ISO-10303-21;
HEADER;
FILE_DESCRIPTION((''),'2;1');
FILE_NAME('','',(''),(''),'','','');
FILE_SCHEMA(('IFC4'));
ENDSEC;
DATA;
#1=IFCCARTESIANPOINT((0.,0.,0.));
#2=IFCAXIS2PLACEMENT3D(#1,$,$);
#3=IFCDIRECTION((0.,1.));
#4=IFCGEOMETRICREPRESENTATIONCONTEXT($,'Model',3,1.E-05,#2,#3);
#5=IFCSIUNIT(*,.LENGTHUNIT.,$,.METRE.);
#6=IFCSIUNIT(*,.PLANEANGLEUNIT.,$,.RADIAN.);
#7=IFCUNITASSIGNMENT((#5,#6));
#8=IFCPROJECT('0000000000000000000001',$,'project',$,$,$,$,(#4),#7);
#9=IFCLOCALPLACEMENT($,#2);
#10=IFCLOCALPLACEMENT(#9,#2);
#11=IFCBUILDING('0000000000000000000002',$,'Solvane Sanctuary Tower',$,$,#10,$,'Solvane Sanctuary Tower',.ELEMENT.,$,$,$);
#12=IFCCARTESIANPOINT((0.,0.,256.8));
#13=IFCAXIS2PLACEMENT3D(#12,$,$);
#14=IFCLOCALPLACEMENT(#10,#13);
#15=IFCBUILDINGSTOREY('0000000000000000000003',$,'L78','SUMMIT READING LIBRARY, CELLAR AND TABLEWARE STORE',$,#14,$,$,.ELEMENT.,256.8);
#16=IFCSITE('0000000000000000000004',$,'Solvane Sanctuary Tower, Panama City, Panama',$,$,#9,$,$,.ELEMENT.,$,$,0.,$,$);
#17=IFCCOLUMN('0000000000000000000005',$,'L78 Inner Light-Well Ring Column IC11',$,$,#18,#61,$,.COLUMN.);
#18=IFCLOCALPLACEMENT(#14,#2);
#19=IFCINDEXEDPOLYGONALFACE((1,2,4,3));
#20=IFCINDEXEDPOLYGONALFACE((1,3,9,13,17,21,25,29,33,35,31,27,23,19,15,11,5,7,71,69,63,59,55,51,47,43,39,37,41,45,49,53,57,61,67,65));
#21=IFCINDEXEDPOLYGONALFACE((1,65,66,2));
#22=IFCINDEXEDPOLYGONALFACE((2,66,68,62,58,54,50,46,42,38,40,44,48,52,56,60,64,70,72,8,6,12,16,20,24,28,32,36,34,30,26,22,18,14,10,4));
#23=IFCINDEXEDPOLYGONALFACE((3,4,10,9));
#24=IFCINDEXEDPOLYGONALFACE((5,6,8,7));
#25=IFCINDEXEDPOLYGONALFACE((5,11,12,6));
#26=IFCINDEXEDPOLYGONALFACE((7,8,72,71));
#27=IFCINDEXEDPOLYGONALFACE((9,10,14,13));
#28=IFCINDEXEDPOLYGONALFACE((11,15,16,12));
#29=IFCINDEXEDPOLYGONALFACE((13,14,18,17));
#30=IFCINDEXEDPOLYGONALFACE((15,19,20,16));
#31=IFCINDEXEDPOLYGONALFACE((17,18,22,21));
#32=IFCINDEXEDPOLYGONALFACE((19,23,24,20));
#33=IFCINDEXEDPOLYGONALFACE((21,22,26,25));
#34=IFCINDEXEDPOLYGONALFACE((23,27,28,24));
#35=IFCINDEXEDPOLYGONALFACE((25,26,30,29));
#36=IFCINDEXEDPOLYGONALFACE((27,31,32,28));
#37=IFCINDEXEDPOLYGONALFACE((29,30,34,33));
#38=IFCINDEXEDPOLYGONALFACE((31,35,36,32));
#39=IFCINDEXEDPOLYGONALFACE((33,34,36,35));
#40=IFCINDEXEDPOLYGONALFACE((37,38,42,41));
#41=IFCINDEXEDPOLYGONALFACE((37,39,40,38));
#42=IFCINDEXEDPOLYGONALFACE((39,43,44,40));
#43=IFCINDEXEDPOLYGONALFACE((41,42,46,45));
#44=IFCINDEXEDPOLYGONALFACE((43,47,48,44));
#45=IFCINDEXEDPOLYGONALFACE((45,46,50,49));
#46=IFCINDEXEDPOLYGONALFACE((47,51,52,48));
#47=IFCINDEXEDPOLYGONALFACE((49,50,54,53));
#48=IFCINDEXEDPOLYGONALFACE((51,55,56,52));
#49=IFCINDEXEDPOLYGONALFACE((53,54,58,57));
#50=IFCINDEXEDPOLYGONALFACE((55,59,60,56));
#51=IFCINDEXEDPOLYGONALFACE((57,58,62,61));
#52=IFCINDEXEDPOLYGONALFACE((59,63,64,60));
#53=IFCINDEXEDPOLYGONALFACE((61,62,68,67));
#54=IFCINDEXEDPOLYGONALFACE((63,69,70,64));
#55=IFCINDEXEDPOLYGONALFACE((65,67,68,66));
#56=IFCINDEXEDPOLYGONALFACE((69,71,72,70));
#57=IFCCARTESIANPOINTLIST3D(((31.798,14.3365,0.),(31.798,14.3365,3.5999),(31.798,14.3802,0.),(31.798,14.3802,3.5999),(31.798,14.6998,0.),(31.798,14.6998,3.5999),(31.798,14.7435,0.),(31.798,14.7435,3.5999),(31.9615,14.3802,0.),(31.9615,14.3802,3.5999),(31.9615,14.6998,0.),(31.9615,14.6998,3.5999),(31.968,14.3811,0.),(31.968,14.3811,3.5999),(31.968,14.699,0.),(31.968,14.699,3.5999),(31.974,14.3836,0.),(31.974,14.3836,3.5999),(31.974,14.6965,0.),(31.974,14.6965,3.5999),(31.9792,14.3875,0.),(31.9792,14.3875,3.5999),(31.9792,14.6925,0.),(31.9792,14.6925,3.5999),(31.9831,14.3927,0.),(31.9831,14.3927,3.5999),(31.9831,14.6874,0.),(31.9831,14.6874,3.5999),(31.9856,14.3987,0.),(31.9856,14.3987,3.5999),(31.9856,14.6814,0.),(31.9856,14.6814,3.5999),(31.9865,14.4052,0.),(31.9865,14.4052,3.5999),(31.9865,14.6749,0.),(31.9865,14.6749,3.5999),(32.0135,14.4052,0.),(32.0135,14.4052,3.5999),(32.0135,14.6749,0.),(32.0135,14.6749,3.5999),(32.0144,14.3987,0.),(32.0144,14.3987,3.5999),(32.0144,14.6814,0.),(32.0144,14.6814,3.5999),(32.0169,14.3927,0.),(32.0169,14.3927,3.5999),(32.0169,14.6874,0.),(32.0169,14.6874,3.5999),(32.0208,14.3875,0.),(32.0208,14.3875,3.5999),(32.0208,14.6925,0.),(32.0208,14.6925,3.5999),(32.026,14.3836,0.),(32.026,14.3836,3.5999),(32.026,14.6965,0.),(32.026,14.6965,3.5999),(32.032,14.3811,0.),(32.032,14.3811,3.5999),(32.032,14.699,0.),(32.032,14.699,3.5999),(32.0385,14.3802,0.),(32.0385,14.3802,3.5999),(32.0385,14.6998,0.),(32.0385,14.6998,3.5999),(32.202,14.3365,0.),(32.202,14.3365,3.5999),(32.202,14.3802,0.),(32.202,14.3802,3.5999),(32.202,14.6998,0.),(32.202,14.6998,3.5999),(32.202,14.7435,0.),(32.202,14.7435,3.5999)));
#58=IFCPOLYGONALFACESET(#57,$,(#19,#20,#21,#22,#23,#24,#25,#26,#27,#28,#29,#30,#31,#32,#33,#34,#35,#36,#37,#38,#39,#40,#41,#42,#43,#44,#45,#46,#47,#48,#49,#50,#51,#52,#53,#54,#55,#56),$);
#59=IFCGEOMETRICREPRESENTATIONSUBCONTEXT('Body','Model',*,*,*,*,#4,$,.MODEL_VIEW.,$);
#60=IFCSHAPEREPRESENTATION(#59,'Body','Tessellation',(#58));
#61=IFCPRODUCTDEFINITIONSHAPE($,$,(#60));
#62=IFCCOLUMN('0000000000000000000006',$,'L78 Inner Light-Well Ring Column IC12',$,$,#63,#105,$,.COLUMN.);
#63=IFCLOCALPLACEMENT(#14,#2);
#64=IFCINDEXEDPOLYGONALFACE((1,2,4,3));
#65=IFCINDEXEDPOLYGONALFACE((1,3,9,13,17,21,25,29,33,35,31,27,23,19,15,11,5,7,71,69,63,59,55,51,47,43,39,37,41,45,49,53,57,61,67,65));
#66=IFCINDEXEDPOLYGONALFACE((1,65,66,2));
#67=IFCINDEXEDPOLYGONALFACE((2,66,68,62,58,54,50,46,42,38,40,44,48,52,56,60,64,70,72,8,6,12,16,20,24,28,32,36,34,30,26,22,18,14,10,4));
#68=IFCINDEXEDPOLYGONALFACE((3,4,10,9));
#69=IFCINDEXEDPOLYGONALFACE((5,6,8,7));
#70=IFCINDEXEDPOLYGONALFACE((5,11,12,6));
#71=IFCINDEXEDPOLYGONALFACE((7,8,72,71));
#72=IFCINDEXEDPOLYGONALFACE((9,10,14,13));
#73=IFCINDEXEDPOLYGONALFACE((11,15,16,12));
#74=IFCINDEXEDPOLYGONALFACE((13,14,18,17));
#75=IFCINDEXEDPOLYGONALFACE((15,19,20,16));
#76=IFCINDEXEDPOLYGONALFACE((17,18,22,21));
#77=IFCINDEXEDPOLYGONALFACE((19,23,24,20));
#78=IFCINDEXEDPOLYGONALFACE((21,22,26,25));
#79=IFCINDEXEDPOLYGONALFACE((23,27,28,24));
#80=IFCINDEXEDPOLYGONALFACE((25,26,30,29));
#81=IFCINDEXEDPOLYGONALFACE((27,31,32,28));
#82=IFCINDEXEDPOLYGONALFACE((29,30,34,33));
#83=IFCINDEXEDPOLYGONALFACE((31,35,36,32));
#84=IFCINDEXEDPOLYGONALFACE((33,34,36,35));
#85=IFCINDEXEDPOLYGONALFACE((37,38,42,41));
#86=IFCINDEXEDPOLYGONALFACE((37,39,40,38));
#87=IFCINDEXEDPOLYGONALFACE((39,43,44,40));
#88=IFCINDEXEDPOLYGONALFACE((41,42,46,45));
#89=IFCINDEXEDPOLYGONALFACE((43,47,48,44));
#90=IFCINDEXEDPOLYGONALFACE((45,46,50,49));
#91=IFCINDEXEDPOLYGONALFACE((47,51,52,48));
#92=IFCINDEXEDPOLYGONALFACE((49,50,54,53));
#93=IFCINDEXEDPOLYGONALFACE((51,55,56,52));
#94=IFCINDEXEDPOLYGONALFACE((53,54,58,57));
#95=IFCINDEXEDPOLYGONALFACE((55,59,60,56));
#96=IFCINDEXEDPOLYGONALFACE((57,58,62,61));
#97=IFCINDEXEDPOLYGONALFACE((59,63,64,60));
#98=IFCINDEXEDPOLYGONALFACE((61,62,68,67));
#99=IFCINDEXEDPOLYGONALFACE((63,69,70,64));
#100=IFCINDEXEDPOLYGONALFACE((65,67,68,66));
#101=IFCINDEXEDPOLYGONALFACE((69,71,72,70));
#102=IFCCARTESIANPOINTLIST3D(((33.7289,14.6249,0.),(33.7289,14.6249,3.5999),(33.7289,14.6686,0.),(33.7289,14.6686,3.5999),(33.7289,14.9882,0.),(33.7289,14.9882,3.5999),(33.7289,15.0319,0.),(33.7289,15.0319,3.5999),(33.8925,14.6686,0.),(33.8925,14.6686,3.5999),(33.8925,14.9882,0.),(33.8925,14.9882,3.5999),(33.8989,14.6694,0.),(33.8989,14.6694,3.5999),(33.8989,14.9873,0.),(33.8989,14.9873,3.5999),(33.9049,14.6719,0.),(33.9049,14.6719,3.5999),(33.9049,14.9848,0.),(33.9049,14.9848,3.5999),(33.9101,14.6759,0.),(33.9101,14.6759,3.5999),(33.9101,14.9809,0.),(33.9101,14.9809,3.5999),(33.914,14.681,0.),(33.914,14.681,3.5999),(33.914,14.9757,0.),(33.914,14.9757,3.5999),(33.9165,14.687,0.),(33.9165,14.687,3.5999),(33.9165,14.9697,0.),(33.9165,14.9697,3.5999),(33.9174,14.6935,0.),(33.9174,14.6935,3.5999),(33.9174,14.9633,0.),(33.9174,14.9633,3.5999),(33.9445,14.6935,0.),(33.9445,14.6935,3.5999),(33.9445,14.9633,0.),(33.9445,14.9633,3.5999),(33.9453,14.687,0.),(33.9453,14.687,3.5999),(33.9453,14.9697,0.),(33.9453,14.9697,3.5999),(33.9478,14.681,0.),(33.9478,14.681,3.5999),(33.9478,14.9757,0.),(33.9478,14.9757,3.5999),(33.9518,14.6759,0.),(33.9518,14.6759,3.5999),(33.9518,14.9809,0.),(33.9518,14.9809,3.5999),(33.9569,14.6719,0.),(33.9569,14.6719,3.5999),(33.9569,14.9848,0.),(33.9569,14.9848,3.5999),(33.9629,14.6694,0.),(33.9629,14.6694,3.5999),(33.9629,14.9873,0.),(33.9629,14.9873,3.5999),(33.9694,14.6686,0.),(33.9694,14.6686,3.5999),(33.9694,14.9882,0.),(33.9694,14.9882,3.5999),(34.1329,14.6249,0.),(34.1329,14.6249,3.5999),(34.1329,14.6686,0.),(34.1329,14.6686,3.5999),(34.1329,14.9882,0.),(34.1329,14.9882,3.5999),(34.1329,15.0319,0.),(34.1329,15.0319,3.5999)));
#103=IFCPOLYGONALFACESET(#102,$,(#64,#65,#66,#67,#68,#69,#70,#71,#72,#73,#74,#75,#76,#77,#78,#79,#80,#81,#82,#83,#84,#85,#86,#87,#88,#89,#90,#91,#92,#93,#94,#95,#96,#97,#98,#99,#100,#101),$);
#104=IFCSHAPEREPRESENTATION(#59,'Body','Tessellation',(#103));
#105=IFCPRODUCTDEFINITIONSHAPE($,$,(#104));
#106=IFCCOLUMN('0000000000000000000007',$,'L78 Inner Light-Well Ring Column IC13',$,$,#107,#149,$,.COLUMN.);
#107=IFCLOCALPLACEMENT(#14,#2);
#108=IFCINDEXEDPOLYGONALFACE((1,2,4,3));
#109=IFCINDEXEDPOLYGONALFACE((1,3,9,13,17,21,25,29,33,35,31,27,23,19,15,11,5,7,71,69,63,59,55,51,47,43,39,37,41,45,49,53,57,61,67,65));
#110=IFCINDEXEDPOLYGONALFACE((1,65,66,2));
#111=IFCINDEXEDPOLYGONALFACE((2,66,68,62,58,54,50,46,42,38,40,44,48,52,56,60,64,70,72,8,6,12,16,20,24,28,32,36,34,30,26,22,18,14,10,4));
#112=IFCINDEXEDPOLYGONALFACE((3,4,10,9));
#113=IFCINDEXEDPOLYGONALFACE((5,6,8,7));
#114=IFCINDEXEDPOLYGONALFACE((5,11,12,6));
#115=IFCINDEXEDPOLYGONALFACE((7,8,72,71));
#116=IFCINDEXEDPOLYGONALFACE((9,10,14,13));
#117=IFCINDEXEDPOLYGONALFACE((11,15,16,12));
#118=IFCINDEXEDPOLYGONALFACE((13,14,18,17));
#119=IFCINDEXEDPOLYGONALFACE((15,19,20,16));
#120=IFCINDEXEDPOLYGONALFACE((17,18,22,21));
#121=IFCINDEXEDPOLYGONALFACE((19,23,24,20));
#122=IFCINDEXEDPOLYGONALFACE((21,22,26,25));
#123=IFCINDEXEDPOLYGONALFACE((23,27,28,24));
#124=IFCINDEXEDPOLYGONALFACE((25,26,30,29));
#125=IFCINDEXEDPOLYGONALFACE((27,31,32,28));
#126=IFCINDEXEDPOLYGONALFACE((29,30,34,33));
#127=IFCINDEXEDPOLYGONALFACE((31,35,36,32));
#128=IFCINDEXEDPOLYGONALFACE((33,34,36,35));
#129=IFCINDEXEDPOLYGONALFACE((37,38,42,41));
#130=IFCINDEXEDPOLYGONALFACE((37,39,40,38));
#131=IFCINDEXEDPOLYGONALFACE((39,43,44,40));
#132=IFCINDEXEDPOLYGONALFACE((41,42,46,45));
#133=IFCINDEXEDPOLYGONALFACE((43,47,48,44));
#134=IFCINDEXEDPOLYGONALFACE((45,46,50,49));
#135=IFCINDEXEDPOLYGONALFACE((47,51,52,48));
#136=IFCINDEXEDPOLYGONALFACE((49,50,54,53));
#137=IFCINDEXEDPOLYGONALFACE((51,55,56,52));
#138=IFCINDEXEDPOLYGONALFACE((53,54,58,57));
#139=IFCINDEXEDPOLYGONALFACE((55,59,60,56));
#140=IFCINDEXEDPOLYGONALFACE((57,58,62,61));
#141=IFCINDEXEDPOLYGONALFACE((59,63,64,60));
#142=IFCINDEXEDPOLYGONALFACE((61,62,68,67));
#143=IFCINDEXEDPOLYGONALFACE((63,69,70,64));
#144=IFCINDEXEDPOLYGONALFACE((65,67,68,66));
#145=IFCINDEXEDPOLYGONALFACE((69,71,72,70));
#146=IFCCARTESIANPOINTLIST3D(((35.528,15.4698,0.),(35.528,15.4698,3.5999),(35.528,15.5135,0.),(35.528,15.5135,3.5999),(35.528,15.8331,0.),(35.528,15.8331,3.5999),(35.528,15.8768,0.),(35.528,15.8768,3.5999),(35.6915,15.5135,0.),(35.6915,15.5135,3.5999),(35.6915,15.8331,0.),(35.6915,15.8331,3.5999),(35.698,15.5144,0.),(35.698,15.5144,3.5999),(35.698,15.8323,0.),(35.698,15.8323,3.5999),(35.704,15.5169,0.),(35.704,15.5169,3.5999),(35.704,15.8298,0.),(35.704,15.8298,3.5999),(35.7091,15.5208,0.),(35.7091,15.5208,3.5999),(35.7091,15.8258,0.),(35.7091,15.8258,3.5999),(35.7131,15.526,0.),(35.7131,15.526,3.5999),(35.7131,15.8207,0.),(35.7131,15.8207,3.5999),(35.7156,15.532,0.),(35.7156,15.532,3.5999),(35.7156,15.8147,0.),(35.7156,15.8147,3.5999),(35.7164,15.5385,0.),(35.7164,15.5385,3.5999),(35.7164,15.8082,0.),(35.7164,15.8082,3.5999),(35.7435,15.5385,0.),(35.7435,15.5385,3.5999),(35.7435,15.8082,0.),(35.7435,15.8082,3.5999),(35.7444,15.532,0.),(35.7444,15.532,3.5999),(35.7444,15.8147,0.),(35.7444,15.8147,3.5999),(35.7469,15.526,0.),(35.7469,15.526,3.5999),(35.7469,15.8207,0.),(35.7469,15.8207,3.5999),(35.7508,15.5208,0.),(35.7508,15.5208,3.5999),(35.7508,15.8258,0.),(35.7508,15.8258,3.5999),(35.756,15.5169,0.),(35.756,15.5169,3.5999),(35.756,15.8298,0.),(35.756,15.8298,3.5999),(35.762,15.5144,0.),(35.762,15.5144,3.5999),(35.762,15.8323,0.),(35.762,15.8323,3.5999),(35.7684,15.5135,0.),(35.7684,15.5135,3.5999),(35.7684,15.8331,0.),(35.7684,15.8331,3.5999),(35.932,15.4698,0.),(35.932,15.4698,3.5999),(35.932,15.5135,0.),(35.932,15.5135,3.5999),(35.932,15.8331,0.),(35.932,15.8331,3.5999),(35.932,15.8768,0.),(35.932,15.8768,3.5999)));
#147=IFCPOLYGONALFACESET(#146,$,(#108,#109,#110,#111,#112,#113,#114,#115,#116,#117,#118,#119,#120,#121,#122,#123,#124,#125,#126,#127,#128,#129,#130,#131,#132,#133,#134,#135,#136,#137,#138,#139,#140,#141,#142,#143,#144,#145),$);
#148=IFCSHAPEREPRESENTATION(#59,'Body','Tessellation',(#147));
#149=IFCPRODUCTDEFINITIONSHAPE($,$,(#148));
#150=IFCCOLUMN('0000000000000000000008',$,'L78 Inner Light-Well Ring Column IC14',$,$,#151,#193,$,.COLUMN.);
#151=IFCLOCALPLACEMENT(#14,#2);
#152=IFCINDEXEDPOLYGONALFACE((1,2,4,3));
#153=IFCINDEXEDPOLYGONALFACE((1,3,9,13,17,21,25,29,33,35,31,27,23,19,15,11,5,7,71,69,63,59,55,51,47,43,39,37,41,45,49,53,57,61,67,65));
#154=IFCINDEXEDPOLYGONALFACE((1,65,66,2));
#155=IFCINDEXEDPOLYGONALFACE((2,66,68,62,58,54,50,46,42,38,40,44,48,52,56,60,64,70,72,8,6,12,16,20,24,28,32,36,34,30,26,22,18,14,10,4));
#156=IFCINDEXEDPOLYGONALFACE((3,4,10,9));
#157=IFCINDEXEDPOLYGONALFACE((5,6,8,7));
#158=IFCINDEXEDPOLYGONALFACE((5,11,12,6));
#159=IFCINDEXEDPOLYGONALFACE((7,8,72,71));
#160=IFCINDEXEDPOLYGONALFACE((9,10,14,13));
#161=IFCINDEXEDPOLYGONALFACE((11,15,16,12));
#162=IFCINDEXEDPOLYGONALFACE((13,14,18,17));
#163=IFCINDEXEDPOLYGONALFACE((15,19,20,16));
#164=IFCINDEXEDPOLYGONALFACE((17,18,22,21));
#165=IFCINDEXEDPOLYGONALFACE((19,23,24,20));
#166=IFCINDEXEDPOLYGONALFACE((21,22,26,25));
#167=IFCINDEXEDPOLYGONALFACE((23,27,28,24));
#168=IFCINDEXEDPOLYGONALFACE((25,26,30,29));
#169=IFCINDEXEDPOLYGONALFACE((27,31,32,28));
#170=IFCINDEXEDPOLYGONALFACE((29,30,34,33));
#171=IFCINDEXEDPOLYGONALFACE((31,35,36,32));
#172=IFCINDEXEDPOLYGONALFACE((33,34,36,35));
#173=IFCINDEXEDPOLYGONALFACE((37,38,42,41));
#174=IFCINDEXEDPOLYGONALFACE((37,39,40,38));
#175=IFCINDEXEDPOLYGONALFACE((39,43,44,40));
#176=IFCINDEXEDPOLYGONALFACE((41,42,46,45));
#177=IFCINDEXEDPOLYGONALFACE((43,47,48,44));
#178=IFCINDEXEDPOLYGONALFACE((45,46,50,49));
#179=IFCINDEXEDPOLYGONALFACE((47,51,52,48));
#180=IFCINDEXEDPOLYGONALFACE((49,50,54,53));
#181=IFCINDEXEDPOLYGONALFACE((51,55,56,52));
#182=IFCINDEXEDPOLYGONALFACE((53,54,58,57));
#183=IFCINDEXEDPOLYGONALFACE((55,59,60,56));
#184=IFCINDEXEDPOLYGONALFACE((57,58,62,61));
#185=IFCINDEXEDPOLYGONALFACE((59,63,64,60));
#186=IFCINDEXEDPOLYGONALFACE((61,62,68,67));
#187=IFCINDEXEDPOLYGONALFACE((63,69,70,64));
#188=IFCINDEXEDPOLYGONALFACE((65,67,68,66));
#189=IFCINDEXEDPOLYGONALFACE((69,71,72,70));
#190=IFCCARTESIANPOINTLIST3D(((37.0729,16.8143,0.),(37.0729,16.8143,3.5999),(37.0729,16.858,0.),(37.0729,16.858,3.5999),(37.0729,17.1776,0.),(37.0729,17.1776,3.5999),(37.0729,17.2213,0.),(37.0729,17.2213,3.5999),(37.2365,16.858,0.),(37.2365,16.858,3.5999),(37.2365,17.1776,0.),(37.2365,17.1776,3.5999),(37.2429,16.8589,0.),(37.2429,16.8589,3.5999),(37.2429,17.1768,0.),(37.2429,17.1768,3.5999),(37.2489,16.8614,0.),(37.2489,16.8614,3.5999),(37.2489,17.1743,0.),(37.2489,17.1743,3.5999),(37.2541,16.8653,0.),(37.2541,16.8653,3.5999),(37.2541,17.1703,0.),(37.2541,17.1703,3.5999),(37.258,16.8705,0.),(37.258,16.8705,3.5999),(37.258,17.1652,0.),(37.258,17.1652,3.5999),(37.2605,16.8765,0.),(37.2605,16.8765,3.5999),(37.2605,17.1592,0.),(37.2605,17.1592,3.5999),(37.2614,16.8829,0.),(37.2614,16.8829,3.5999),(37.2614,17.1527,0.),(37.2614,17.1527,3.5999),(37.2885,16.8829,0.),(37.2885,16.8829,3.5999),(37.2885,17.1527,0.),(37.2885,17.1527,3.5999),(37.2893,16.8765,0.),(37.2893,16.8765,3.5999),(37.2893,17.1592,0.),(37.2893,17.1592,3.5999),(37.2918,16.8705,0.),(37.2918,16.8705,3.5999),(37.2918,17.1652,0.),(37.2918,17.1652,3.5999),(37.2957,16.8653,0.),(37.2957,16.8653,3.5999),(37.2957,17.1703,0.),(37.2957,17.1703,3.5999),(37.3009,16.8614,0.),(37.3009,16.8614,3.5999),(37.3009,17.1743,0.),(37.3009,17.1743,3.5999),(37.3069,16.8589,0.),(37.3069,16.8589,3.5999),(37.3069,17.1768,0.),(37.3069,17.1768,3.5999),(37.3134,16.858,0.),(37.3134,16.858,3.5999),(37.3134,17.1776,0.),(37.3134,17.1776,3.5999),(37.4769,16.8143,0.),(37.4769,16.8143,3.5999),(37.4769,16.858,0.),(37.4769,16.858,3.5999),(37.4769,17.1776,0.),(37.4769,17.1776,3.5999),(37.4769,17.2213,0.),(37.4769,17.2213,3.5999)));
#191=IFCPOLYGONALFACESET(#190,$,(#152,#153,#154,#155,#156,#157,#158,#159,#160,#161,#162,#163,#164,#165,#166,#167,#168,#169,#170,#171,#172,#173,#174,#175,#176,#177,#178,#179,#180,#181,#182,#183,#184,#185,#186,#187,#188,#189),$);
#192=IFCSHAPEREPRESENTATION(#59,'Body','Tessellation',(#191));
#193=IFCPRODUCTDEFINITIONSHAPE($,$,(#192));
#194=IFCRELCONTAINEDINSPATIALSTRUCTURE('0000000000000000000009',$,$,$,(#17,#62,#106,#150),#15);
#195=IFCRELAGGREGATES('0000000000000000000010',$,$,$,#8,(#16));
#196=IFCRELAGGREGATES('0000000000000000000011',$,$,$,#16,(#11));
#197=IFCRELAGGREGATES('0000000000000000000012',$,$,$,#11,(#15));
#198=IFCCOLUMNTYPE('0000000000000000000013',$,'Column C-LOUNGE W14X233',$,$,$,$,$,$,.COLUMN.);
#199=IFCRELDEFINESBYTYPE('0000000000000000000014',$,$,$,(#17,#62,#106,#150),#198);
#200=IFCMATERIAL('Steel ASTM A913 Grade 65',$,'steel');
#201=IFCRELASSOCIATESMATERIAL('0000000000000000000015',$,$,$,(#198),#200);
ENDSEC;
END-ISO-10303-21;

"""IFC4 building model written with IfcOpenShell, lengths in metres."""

from ifc_helpers import new_model, si_unit, direction, frame, origin, origin_2d, place, context, subcontext, project, spatial, i_section, extrude, material, material_profile, profile_set, type_object, element, save


model = new_model("IFC4")

# Units and contexts
model_context = context("Model", 3, precision=1e-05, world=origin(), true_north=direction((0.0, 1.0)))
body_context = subcontext(model_context, "Body", "Model", "MODEL_VIEW")
ifc_project = project(units=[si_unit("LENGTHUNIT", "METRE"), si_unit("PLANEANGLEUNIT", "RADIAN")], contexts=[model_context])

# Site, building, storey
site_placement = place(None, origin())
site = spatial("IfcSite", under=ifc_project, at=site_placement, Name="Solvane Sanctuary Tower, Panama City, Panama", CompositionType="ELEMENT", RefElevation=0.0)
building_placement = place(site_placement, origin())
building = spatial("IfcBuilding", under=site, at=building_placement, Name="Solvane Sanctuary Tower", LongName="Solvane Sanctuary Tower", CompositionType="ELEMENT")
storey_placement = place(building_placement, frame((0.0, 0.0, 256.8)))
storey = spatial("IfcBuildingStorey", under=building, at=storey_placement, Name="L78", Description="SUMMIT READING LIBRARY, CELLAR AND TABLEWARE STORE", CompositionType="ELEMENT", Elevation=256.8)

# Columns
ifc_material_1 = material(Name="Steel ASTM A913 Grade 65", Category="steel")
ifc_material_profile_1 = material_profile(ifc_material_1, i_section(OverallWidth=0.4041, OverallDepth=0.407, WebThickness=0.0271, FlangeThickness=0.0437, FilletRadius=0.0249, at=origin_2d()), Name="W14X233")
ifc_profile_set_1 = profile_set([ifc_material_profile_1], Name="Steel ASTM A913 Grade 65")
column_type = type_object("IfcColumnType", Name="Column C-LOUNGE W14X233", PredefinedType="COLUMN", material=ifc_profile_set_1)
for number, where, z_axis, x_axis, name in (
    (1, (32.0, 14.54, 0.0), (0.0, 0.0, 1.0), (1.0, 0.0, 0.0), "L78 Inner Light-Well Ring Column IC11"),
    (2, (33.9309, 14.8284, 0.0), (0.0, 0.0, 1.0), (1.0, 0.0, 0.0), "L78 Inner Light-Well Ring Column IC12"),
    (3, (35.73, 15.6733, 0.0), (0.0, 0.0, 1.0), (1.0, 0.0, 0.0), "L78 Inner Light-Well Ring Column IC13"),
    (4, (37.2749, 17.0178, 0.0), (0.0, 0.0, 1.0), (1.0, 0.0, 0.0), "L78 Inner Light-Well Ring Column IC14"),
):
    element("IfcColumn", number, at=place(storey_placement, frame(where, z_axis=z_axis, x_axis=x_axis)), inside=storey, type_object=column_type, Name=name, PredefinedType="COLUMN", context=body_context, shape_type="SweptSolid", body=[
        extrude(i_section(OverallWidth=0.4041, OverallDepth=0.407, WebThickness=0.0271, FlangeThickness=0.0437, FilletRadius=0.0249, at=origin_2d()), origin(), (0.0, 0.0, 1.0), 3.5999),
    ])

save(model, "model.ifc")
